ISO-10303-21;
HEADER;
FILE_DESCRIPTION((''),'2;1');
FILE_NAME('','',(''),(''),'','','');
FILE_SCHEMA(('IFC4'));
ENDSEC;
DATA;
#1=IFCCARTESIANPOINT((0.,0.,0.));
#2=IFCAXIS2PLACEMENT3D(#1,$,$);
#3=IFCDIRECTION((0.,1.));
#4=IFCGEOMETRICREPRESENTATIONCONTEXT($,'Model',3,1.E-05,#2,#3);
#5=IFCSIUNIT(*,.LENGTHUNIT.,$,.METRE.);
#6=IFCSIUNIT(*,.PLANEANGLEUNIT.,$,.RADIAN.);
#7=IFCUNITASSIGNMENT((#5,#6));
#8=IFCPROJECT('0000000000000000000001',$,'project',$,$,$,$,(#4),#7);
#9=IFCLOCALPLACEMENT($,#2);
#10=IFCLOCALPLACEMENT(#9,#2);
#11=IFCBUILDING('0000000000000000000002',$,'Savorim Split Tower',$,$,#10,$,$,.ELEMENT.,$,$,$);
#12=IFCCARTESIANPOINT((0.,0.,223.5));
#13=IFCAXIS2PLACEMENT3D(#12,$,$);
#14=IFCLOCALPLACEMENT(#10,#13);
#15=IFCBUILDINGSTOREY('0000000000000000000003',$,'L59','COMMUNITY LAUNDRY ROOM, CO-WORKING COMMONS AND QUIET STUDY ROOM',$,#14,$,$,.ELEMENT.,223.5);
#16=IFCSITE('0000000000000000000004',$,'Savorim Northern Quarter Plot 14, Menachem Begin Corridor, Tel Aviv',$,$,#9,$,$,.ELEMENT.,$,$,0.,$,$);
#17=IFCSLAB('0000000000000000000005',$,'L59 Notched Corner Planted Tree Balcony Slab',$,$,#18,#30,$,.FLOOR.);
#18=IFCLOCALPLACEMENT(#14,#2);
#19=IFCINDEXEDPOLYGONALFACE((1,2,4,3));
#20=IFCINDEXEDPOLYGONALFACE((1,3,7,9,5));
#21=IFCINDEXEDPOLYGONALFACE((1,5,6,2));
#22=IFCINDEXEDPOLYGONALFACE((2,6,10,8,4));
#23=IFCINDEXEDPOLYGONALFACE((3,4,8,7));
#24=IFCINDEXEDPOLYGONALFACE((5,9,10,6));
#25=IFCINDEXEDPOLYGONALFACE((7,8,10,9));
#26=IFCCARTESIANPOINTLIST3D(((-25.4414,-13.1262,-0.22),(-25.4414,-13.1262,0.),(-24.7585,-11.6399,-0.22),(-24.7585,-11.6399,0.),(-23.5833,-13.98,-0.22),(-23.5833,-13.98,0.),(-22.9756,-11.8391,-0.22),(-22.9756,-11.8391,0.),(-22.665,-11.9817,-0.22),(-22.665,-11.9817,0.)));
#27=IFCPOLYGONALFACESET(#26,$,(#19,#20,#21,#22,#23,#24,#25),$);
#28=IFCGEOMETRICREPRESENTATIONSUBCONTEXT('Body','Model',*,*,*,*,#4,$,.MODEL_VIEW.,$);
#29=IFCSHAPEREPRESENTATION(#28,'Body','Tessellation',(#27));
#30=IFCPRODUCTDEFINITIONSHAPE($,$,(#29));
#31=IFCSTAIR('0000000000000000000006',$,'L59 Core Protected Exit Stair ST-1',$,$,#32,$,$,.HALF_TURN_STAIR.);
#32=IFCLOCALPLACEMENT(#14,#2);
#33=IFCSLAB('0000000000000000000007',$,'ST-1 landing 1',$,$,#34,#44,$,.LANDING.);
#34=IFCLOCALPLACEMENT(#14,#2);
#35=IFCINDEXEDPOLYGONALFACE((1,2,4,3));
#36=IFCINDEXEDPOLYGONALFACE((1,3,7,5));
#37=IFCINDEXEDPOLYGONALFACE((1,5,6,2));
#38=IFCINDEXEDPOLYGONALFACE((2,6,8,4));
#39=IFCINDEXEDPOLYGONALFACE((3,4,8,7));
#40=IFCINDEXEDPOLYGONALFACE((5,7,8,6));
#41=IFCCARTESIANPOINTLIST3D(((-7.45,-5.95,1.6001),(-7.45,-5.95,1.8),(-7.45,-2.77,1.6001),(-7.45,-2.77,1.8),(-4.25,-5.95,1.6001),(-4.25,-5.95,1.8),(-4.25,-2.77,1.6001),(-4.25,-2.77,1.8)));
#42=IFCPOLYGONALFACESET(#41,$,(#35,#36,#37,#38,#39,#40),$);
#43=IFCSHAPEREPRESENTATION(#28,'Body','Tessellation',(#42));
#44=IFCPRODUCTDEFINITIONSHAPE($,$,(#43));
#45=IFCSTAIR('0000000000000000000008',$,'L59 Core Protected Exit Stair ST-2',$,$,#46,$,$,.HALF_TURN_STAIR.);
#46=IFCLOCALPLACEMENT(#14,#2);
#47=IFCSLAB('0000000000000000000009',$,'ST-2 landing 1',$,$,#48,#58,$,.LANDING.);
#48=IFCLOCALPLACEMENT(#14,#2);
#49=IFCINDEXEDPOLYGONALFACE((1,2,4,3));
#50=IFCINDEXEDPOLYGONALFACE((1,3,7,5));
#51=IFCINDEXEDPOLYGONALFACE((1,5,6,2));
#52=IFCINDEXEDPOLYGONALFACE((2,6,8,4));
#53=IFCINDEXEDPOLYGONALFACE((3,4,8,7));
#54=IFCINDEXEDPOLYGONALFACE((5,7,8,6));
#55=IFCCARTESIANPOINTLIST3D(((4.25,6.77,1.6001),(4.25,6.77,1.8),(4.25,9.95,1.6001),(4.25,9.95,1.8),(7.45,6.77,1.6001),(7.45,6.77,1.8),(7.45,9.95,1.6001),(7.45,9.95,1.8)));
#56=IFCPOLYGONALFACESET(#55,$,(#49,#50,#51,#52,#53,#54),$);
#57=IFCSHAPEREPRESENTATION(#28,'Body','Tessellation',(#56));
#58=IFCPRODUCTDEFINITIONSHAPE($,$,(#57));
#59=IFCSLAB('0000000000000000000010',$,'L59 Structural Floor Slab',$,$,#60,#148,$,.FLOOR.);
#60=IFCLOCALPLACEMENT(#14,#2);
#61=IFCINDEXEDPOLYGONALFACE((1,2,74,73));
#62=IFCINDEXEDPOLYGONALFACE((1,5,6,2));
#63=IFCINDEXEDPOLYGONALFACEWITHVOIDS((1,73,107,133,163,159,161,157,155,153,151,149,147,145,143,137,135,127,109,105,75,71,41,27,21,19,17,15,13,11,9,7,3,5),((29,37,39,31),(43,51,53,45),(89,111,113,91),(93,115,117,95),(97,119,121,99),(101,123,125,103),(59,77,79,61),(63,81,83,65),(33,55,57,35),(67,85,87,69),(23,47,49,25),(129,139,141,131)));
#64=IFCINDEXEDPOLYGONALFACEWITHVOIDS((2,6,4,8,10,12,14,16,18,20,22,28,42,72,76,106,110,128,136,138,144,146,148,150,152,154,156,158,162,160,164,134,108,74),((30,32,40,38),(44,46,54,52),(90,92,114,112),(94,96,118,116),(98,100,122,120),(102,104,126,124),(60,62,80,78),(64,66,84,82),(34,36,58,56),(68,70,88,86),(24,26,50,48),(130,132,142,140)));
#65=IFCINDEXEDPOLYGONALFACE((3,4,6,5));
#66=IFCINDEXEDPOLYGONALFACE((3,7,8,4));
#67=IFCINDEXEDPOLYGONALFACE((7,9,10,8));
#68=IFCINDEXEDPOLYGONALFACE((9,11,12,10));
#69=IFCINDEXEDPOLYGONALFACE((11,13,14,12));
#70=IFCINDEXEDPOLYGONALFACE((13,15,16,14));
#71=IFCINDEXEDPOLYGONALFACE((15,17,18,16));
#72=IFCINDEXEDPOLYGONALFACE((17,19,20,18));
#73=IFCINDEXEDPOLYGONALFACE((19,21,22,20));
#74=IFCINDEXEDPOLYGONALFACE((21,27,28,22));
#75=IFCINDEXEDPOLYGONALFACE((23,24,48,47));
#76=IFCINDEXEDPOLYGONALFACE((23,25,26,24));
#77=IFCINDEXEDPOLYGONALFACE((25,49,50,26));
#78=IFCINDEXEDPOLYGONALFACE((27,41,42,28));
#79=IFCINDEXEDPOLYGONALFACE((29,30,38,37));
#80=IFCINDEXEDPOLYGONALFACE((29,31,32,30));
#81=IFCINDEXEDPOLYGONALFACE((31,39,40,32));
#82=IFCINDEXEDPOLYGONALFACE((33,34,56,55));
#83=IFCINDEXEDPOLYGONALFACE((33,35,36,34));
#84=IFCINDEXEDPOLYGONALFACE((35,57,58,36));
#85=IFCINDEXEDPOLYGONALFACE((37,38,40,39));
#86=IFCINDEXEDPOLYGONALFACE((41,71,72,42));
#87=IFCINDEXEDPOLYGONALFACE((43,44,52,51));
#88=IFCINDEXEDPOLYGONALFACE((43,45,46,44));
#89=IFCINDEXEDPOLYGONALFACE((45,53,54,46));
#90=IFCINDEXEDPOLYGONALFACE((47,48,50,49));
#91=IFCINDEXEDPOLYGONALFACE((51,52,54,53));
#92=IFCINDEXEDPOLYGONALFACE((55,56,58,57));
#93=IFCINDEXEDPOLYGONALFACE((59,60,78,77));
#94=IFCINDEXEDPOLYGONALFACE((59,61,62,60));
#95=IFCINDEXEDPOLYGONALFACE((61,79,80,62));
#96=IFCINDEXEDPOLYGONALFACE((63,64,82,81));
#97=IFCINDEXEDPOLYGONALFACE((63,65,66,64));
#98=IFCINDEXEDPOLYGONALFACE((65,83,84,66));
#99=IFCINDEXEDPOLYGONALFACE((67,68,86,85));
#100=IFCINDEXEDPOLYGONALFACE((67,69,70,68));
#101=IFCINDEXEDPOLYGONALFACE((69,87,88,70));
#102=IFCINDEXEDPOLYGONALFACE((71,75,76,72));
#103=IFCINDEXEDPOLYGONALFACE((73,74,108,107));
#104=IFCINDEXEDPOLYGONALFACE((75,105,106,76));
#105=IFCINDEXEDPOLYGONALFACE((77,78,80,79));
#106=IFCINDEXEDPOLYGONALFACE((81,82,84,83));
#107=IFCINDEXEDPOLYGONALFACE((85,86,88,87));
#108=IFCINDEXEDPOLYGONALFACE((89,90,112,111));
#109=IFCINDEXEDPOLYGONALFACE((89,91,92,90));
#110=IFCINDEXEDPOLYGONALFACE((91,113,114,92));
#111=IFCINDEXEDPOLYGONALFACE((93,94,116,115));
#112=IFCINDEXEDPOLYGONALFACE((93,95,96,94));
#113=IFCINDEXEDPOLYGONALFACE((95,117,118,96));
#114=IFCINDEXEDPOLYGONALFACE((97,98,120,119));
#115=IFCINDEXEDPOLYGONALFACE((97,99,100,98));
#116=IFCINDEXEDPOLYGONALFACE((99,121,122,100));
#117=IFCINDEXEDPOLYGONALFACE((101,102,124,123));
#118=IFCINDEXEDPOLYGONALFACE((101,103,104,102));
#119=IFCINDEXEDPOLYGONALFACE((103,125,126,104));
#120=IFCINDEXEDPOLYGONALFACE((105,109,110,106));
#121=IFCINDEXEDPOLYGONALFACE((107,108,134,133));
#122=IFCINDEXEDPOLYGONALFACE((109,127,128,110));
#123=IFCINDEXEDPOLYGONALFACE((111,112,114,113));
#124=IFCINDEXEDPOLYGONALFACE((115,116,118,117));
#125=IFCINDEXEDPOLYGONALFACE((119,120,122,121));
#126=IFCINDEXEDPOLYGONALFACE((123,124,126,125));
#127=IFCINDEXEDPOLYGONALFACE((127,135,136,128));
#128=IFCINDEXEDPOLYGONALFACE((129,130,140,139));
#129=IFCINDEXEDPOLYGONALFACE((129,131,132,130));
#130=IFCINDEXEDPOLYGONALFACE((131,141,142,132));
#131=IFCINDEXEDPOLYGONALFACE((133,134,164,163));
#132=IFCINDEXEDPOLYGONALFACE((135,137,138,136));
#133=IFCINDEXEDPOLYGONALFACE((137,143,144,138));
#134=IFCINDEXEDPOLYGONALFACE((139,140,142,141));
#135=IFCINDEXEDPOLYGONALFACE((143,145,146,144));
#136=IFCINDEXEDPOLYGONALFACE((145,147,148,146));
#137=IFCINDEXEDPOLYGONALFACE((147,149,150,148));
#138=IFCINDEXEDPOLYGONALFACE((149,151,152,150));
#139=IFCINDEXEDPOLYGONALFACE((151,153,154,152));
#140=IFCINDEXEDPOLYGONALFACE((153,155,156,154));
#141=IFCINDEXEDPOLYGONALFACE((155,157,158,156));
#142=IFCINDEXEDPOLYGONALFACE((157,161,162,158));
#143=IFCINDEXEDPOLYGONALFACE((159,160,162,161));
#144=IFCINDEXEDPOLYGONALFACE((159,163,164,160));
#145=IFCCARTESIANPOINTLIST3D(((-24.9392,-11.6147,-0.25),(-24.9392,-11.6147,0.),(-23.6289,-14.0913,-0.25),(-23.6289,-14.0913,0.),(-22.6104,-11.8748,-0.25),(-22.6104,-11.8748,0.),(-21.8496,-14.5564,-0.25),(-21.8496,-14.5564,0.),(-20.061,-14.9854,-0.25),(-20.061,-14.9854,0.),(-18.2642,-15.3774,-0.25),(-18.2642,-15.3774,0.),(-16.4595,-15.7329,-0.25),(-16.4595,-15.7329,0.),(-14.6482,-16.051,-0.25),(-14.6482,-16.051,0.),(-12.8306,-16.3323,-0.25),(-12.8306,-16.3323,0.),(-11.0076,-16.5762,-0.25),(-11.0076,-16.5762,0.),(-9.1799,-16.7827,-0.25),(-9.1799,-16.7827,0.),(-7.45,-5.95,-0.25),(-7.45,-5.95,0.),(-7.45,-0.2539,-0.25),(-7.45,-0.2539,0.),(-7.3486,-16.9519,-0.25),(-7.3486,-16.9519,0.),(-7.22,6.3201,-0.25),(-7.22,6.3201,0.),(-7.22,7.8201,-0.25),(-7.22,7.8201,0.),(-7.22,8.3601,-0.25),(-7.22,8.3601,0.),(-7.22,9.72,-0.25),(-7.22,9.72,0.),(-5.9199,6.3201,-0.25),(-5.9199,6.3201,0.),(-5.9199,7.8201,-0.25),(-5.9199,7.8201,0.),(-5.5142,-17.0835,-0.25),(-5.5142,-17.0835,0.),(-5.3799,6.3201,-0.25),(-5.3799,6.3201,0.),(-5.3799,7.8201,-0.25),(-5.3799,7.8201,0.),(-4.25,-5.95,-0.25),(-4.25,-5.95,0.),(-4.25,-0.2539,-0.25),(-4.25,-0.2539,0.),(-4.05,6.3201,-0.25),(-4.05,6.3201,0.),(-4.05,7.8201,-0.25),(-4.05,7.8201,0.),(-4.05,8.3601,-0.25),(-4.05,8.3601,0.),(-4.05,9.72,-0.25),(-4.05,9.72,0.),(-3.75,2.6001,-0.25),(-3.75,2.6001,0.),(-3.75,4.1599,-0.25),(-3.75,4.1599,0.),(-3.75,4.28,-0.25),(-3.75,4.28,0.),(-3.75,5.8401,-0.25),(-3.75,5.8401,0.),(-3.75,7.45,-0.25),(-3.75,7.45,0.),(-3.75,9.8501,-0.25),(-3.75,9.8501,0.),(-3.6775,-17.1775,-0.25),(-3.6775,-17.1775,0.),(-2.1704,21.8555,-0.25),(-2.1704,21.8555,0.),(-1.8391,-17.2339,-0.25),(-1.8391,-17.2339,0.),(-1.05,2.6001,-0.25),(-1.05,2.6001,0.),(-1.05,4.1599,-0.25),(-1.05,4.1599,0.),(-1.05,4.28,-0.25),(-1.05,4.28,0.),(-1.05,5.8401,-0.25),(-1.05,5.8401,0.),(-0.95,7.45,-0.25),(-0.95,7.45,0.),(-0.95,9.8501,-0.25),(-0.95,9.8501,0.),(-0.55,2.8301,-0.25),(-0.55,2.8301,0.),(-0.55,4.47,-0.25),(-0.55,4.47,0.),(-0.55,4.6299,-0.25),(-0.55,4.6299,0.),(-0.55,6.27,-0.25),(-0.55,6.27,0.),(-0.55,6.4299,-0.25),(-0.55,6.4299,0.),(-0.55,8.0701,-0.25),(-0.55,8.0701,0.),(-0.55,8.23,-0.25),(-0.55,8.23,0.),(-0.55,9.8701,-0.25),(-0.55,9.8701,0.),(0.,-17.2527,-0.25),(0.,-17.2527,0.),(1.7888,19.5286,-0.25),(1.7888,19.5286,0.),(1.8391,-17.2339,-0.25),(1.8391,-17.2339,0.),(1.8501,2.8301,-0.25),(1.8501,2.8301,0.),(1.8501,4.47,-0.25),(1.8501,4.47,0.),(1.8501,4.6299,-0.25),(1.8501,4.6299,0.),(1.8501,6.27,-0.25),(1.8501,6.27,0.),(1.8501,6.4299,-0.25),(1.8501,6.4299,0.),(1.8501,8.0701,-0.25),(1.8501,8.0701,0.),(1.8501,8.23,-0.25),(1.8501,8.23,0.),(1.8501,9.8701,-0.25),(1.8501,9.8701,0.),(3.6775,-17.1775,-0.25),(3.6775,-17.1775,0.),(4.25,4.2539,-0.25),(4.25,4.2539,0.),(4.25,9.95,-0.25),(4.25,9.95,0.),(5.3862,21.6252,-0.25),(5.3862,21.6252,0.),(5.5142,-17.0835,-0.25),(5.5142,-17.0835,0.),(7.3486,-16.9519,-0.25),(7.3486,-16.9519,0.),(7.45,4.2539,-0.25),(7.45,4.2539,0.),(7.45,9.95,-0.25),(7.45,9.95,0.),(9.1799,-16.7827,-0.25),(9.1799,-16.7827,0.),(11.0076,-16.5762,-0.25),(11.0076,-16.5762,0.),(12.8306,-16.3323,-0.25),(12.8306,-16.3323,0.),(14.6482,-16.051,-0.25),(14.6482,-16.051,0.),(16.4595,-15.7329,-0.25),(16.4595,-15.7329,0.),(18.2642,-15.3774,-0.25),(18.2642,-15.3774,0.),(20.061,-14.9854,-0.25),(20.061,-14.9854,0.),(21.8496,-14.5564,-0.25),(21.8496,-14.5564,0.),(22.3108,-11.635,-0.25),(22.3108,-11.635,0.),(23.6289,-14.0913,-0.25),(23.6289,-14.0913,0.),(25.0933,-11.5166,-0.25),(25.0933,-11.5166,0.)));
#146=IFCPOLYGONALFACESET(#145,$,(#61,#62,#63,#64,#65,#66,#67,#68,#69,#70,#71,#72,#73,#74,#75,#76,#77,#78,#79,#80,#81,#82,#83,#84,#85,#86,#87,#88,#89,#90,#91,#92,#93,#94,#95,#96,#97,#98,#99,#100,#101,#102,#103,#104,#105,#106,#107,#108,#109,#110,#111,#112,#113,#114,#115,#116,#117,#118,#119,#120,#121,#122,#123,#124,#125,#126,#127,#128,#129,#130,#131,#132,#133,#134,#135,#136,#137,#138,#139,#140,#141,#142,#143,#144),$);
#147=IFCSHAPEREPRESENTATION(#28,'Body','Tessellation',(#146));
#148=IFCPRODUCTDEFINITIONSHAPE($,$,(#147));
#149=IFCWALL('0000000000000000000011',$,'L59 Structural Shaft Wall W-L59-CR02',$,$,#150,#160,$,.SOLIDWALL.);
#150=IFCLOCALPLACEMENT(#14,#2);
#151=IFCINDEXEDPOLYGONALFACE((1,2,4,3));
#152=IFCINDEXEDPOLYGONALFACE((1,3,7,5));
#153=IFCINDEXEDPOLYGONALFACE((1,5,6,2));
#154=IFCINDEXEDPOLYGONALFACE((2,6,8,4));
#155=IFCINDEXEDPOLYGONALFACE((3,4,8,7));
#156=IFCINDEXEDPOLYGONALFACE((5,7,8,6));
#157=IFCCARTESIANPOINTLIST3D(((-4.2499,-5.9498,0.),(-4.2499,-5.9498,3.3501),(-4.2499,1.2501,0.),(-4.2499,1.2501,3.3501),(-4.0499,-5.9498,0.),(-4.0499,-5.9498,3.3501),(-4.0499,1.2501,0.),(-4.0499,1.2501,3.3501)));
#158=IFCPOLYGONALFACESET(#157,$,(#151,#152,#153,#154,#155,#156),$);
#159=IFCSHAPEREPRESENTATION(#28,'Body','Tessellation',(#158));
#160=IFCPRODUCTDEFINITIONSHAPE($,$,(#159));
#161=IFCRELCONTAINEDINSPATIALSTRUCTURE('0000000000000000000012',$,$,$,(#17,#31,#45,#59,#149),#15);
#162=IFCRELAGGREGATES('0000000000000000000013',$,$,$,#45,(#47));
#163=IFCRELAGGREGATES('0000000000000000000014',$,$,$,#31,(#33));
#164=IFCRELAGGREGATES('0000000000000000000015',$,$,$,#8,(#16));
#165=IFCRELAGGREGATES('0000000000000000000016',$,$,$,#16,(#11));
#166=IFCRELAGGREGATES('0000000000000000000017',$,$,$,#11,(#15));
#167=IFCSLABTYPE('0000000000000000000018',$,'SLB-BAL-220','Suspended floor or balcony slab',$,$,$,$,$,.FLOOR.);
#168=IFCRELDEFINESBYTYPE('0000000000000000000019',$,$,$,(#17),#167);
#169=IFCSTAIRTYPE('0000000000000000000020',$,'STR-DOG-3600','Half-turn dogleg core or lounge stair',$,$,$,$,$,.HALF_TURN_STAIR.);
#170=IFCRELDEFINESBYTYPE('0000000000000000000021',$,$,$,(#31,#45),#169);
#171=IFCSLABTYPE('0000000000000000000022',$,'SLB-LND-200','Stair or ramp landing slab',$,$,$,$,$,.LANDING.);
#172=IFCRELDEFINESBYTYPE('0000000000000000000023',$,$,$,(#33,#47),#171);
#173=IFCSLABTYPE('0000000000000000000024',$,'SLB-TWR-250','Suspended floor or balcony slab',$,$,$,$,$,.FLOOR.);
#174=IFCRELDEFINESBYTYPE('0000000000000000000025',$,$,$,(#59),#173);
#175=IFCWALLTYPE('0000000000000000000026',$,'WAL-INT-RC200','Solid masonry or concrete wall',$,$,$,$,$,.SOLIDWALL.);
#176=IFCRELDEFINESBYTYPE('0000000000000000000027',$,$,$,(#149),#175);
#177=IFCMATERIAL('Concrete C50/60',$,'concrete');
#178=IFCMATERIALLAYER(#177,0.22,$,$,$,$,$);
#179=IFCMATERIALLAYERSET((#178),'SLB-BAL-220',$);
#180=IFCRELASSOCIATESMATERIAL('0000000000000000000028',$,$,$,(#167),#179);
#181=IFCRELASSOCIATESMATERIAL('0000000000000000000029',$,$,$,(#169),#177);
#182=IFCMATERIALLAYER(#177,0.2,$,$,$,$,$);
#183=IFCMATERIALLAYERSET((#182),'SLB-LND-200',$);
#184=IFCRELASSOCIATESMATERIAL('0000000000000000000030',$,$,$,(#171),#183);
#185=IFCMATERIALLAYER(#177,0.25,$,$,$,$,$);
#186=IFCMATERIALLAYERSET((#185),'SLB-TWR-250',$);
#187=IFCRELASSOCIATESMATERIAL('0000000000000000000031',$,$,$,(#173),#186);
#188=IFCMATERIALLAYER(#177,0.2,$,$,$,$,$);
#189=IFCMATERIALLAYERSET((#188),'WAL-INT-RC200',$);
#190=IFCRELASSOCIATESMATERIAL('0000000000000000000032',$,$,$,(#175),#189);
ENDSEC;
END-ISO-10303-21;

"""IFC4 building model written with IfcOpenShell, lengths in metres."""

from ifc_helpers import new_model, si_unit, direction, frame, frame_2d, origin, place, context, subcontext, project, spatial, polyline, rectangle, outline, extrude, material, layer, layer_set, type_object, element, aggregate, save


model = new_model("IFC4")

# Units and contexts
model_context = context("Model", 3, precision=1e-05, world=origin(), true_north=direction((0.0, 1.0)))
body_context = subcontext(model_context, "Body", "Model", "MODEL_VIEW")
ifc_project = project(units=[si_unit("LENGTHUNIT", "METRE"), si_unit("PLANEANGLEUNIT", "RADIAN")], contexts=[model_context])

# Site, building, storey
site_placement = place(None, origin())
site = spatial("IfcSite", under=ifc_project, at=site_placement, Name="Savorim Northern Quarter Plot 14, Menachem Begin Corridor, Tel Aviv", CompositionType="ELEMENT", RefElevation=0.0)
building_placement = place(site_placement, origin())
building = spatial("IfcBuilding", under=site, at=building_placement, Name="Savorim Split Tower", CompositionType="ELEMENT")
storey_placement = place(building_placement, frame((0.0, 0.0, 223.5)))
storey = spatial("IfcBuildingStorey", under=building, at=storey_placement, Name="L59", Description="COMMUNITY LAUNDRY ROOM, CO-WORKING COMMONS AND QUIET STUDY ROOM", CompositionType="ELEMENT", Elevation=223.5)

# Slab
ifc_material_1 = material(Name="Concrete C50/60", Category="concrete")
ifc_layer_1 = layer(ifc_material_1, 0.22)
ifc_layer_set_1 = layer_set([ifc_layer_1], Name="SLB-BAL-220")
slab_type_1 = type_object("IfcSlabType", Name="SLB-BAL-220", Description="Suspended floor or balcony slab", PredefinedType="FLOOR", material=ifc_layer_set_1)
slab_1_placement = place(storey_placement, frame((0.0, 0.0, -0.22)))
element("IfcSlab", 1, at=slab_1_placement, inside=storey, type_object=slab_type_1, Name="L59 Notched Corner Planted Tree Balcony Slab", PredefinedType="FLOOR", context=body_context, shape_type="SweptSolid", body=[
    extrude(outline(polyline([(-23.5833, -13.98), (-22.665, -11.9817), (-22.9756, -11.8391), (-24.7585, -11.6399), (-25.4414, -13.1262), (-23.5833, -13.98)])), origin(), (0.0, 0.0, 1.0), 0.22),
])

# Stairs, slabs
stair_type = type_object("IfcStairType", Name="STR-DOG-3600", Description="Half-turn dogleg core or lounge stair", PredefinedType="HALF_TURN_STAIR", material=ifc_material_1)
stair_1_placement = place(storey_placement, origin())
stair_1 = element("IfcStair", 2, at=stair_1_placement, inside=storey, type_object=stair_type, Name="L59 Core Protected Exit Stair ST-1", PredefinedType="HALF_TURN_STAIR")
ifc_layer_2 = layer(ifc_material_1, 0.2)
ifc_layer_set_2 = layer_set([ifc_layer_2], Name="SLB-LND-200")
slab_type_2 = type_object("IfcSlabType", Name="SLB-LND-200", Description="Stair or ramp landing slab", PredefinedType="LANDING", material=ifc_layer_set_2)
slab_2_placement = place(storey_placement, frame((0.0, 0.0, 1.6001)))
slab_2 = element("IfcSlab", 3, at=slab_2_placement, type_object=slab_type_2, Name="ST-1 landing 1", PredefinedType="LANDING", context=body_context, shape_type="SweptSolid", body=[
    extrude(outline(polyline([(-7.45, -2.77), (-7.45, -5.95), (-4.25, -5.95), (-4.25, -2.77), (-7.45, -2.77)])), origin(), (0.0, 0.0, 1.0), 0.2),
])
stair_2_placement = place(storey_placement, origin())
stair_2 = element("IfcStair", 4, at=stair_2_placement, inside=storey, type_object=stair_type, Name="L59 Core Protected Exit Stair ST-2", PredefinedType="HALF_TURN_STAIR")
slab_3_placement = place(storey_placement, frame((0.0, 0.0, 1.6001)))
slab_3 = element("IfcSlab", 5, at=slab_3_placement, type_object=slab_type_2, Name="ST-2 landing 1", PredefinedType="LANDING", context=body_context, shape_type="SweptSolid", body=[
    extrude(outline(polyline([(7.45, 6.77), (7.45, 9.95), (4.25, 9.95), (4.25, 6.77), (7.45, 6.77)])), origin(), (0.0, 0.0, 1.0), 0.2),
])
aggregate(stair_2, [slab_3])

# Slab
ifc_layer_3 = layer(ifc_material_1, 0.25)
ifc_layer_set_3 = layer_set([ifc_layer_3], Name="SLB-TWR-250")
slab_type_3 = type_object("IfcSlabType", Name="SLB-TWR-250", Description="Suspended floor or balcony slab", PredefinedType="FLOOR", material=ifc_layer_set_3)
slab_4_placement = place(storey_placement, frame((0.0, 0.0, -0.25)))
element("IfcSlab", 6, at=slab_4_placement, inside=storey, type_object=slab_type_3, Name="L59 Structural Floor Slab", PredefinedType="FLOOR", context=body_context, shape_type="SweptSolid", body=[
    extrude(outline(polyline([(-23.6289, -14.0913), (-21.8496, -14.5564), (-20.061, -14.9854), (-18.2642, -15.3774), (-16.4595, -15.7329), (-14.6482, -16.051), (-12.8306, -16.3323), (-11.0076, -16.5762), (-9.1799, -16.7827), (-7.3486, -16.9519), (-5.5142, -17.0835), (-3.6775, -17.1775), (-1.8391, -17.2339), (0.0, -17.2527), (1.8391, -17.2339), (3.6775, -17.1775), (5.5142, -17.0835), (7.3486, -16.9519), (9.1799, -16.7827), (11.0076, -16.5762), (12.8306, -16.3323), (14.6482, -16.051), (16.4595, -15.7329), (18.2642, -15.3774), (20.061, -14.9854), (21.8496, -14.5564), (23.6289, -14.0913), (22.3108, -11.635), (25.0933, -11.5166), (5.3862, 21.6252), (1.7888, 19.5286), (-2.1704, 21.8555), (-24.9392, -11.6147), (-22.6104, -11.8748), (-23.6289, -14.0913)]), holes=[polyline([(-7.45, -0.2539), (-7.45, -5.95), (-4.25, -5.95), (-4.25, -0.2539), (-7.45, -0.2539)]), polyline([(7.45, 4.2539), (7.45, 9.95), (4.25, 9.95), (4.25, 4.2539), (7.45, 4.2539)]), polyline([(-0.55, 2.8301), (1.8501, 2.8301), (1.8501, 4.47), (-0.55, 4.47), (-0.55, 2.8301)]), polyline([(-0.55, 4.6299), (1.8501, 4.6299), (1.8501, 6.27), (-0.55, 6.27), (-0.55, 4.6299)]), polyline([(-0.55, 6.4299), (1.8501, 6.4299), (1.8501, 8.0701), (-0.55, 8.0701), (-0.55, 6.4299)]), polyline([(-0.55, 8.23), (1.8501, 8.23), (1.8501, 9.8701), (-0.55, 9.8701), (-0.55, 8.23)]), polyline([(-3.75, 2.6001), (-1.05, 2.6001), (-1.05, 4.1599), (-3.75, 4.1599), (-3.75, 2.6001)]), polyline([(-3.75, 4.28), (-1.05, 4.28), (-1.05, 5.8401), (-3.75, 5.8401), (-3.75, 4.28)]), polyline([(-3.75, 7.45), (-0.95, 7.45), (-0.95, 9.8501), (-3.75, 9.8501), (-3.75, 7.45)]), polyline([(-7.22, 6.3201), (-5.9199, 6.3201), (-5.9199, 7.8201), (-7.22, 7.8201), (-7.22, 6.3201)]), polyline([(-5.3799, 6.3201), (-4.05, 6.3201), (-4.05, 7.8201), (-5.3799, 7.8201), (-5.3799, 6.3201)]), polyline([(-7.22, 8.3601), (-4.05, 8.3601), (-4.05, 9.72), (-7.22, 9.72), (-7.22, 8.3601)])]), origin(), (0.0, 0.0, 1.0), 0.25),
])

# Wall
ifc_layer_4 = layer(ifc_material_1, 0.2)
ifc_layer_set_4 = layer_set([ifc_layer_4], Name="WAL-INT-RC200")
wall_type = type_object("IfcWallType", Name="WAL-INT-RC200", Description="Solid masonry or concrete wall", PredefinedType="SOLIDWALL", material=ifc_layer_set_4)
wall_1_placement = place(storey_placement, frame((-4.1499, -5.95, 0.0), z_axis=(0.0, 0.0, 1.0), x_axis=(0.0, 1.0, 0.0)))
element("IfcWall", 7, at=wall_1_placement, inside=storey, type_object=wall_type, Name="L59 Structural Shaft Wall W-L59-CR02", PredefinedType="SOLIDWALL", context=body_context, shape_type="SweptSolid", body=[
    extrude(rectangle(XDim=7.2, YDim=0.2, at=frame_2d((3.6001, 0.0))), origin(), (0.0, 0.0, 1.0), 3.3501),
])

aggregate(stair_1, [slab_2])

save(model, "model.ifc")
